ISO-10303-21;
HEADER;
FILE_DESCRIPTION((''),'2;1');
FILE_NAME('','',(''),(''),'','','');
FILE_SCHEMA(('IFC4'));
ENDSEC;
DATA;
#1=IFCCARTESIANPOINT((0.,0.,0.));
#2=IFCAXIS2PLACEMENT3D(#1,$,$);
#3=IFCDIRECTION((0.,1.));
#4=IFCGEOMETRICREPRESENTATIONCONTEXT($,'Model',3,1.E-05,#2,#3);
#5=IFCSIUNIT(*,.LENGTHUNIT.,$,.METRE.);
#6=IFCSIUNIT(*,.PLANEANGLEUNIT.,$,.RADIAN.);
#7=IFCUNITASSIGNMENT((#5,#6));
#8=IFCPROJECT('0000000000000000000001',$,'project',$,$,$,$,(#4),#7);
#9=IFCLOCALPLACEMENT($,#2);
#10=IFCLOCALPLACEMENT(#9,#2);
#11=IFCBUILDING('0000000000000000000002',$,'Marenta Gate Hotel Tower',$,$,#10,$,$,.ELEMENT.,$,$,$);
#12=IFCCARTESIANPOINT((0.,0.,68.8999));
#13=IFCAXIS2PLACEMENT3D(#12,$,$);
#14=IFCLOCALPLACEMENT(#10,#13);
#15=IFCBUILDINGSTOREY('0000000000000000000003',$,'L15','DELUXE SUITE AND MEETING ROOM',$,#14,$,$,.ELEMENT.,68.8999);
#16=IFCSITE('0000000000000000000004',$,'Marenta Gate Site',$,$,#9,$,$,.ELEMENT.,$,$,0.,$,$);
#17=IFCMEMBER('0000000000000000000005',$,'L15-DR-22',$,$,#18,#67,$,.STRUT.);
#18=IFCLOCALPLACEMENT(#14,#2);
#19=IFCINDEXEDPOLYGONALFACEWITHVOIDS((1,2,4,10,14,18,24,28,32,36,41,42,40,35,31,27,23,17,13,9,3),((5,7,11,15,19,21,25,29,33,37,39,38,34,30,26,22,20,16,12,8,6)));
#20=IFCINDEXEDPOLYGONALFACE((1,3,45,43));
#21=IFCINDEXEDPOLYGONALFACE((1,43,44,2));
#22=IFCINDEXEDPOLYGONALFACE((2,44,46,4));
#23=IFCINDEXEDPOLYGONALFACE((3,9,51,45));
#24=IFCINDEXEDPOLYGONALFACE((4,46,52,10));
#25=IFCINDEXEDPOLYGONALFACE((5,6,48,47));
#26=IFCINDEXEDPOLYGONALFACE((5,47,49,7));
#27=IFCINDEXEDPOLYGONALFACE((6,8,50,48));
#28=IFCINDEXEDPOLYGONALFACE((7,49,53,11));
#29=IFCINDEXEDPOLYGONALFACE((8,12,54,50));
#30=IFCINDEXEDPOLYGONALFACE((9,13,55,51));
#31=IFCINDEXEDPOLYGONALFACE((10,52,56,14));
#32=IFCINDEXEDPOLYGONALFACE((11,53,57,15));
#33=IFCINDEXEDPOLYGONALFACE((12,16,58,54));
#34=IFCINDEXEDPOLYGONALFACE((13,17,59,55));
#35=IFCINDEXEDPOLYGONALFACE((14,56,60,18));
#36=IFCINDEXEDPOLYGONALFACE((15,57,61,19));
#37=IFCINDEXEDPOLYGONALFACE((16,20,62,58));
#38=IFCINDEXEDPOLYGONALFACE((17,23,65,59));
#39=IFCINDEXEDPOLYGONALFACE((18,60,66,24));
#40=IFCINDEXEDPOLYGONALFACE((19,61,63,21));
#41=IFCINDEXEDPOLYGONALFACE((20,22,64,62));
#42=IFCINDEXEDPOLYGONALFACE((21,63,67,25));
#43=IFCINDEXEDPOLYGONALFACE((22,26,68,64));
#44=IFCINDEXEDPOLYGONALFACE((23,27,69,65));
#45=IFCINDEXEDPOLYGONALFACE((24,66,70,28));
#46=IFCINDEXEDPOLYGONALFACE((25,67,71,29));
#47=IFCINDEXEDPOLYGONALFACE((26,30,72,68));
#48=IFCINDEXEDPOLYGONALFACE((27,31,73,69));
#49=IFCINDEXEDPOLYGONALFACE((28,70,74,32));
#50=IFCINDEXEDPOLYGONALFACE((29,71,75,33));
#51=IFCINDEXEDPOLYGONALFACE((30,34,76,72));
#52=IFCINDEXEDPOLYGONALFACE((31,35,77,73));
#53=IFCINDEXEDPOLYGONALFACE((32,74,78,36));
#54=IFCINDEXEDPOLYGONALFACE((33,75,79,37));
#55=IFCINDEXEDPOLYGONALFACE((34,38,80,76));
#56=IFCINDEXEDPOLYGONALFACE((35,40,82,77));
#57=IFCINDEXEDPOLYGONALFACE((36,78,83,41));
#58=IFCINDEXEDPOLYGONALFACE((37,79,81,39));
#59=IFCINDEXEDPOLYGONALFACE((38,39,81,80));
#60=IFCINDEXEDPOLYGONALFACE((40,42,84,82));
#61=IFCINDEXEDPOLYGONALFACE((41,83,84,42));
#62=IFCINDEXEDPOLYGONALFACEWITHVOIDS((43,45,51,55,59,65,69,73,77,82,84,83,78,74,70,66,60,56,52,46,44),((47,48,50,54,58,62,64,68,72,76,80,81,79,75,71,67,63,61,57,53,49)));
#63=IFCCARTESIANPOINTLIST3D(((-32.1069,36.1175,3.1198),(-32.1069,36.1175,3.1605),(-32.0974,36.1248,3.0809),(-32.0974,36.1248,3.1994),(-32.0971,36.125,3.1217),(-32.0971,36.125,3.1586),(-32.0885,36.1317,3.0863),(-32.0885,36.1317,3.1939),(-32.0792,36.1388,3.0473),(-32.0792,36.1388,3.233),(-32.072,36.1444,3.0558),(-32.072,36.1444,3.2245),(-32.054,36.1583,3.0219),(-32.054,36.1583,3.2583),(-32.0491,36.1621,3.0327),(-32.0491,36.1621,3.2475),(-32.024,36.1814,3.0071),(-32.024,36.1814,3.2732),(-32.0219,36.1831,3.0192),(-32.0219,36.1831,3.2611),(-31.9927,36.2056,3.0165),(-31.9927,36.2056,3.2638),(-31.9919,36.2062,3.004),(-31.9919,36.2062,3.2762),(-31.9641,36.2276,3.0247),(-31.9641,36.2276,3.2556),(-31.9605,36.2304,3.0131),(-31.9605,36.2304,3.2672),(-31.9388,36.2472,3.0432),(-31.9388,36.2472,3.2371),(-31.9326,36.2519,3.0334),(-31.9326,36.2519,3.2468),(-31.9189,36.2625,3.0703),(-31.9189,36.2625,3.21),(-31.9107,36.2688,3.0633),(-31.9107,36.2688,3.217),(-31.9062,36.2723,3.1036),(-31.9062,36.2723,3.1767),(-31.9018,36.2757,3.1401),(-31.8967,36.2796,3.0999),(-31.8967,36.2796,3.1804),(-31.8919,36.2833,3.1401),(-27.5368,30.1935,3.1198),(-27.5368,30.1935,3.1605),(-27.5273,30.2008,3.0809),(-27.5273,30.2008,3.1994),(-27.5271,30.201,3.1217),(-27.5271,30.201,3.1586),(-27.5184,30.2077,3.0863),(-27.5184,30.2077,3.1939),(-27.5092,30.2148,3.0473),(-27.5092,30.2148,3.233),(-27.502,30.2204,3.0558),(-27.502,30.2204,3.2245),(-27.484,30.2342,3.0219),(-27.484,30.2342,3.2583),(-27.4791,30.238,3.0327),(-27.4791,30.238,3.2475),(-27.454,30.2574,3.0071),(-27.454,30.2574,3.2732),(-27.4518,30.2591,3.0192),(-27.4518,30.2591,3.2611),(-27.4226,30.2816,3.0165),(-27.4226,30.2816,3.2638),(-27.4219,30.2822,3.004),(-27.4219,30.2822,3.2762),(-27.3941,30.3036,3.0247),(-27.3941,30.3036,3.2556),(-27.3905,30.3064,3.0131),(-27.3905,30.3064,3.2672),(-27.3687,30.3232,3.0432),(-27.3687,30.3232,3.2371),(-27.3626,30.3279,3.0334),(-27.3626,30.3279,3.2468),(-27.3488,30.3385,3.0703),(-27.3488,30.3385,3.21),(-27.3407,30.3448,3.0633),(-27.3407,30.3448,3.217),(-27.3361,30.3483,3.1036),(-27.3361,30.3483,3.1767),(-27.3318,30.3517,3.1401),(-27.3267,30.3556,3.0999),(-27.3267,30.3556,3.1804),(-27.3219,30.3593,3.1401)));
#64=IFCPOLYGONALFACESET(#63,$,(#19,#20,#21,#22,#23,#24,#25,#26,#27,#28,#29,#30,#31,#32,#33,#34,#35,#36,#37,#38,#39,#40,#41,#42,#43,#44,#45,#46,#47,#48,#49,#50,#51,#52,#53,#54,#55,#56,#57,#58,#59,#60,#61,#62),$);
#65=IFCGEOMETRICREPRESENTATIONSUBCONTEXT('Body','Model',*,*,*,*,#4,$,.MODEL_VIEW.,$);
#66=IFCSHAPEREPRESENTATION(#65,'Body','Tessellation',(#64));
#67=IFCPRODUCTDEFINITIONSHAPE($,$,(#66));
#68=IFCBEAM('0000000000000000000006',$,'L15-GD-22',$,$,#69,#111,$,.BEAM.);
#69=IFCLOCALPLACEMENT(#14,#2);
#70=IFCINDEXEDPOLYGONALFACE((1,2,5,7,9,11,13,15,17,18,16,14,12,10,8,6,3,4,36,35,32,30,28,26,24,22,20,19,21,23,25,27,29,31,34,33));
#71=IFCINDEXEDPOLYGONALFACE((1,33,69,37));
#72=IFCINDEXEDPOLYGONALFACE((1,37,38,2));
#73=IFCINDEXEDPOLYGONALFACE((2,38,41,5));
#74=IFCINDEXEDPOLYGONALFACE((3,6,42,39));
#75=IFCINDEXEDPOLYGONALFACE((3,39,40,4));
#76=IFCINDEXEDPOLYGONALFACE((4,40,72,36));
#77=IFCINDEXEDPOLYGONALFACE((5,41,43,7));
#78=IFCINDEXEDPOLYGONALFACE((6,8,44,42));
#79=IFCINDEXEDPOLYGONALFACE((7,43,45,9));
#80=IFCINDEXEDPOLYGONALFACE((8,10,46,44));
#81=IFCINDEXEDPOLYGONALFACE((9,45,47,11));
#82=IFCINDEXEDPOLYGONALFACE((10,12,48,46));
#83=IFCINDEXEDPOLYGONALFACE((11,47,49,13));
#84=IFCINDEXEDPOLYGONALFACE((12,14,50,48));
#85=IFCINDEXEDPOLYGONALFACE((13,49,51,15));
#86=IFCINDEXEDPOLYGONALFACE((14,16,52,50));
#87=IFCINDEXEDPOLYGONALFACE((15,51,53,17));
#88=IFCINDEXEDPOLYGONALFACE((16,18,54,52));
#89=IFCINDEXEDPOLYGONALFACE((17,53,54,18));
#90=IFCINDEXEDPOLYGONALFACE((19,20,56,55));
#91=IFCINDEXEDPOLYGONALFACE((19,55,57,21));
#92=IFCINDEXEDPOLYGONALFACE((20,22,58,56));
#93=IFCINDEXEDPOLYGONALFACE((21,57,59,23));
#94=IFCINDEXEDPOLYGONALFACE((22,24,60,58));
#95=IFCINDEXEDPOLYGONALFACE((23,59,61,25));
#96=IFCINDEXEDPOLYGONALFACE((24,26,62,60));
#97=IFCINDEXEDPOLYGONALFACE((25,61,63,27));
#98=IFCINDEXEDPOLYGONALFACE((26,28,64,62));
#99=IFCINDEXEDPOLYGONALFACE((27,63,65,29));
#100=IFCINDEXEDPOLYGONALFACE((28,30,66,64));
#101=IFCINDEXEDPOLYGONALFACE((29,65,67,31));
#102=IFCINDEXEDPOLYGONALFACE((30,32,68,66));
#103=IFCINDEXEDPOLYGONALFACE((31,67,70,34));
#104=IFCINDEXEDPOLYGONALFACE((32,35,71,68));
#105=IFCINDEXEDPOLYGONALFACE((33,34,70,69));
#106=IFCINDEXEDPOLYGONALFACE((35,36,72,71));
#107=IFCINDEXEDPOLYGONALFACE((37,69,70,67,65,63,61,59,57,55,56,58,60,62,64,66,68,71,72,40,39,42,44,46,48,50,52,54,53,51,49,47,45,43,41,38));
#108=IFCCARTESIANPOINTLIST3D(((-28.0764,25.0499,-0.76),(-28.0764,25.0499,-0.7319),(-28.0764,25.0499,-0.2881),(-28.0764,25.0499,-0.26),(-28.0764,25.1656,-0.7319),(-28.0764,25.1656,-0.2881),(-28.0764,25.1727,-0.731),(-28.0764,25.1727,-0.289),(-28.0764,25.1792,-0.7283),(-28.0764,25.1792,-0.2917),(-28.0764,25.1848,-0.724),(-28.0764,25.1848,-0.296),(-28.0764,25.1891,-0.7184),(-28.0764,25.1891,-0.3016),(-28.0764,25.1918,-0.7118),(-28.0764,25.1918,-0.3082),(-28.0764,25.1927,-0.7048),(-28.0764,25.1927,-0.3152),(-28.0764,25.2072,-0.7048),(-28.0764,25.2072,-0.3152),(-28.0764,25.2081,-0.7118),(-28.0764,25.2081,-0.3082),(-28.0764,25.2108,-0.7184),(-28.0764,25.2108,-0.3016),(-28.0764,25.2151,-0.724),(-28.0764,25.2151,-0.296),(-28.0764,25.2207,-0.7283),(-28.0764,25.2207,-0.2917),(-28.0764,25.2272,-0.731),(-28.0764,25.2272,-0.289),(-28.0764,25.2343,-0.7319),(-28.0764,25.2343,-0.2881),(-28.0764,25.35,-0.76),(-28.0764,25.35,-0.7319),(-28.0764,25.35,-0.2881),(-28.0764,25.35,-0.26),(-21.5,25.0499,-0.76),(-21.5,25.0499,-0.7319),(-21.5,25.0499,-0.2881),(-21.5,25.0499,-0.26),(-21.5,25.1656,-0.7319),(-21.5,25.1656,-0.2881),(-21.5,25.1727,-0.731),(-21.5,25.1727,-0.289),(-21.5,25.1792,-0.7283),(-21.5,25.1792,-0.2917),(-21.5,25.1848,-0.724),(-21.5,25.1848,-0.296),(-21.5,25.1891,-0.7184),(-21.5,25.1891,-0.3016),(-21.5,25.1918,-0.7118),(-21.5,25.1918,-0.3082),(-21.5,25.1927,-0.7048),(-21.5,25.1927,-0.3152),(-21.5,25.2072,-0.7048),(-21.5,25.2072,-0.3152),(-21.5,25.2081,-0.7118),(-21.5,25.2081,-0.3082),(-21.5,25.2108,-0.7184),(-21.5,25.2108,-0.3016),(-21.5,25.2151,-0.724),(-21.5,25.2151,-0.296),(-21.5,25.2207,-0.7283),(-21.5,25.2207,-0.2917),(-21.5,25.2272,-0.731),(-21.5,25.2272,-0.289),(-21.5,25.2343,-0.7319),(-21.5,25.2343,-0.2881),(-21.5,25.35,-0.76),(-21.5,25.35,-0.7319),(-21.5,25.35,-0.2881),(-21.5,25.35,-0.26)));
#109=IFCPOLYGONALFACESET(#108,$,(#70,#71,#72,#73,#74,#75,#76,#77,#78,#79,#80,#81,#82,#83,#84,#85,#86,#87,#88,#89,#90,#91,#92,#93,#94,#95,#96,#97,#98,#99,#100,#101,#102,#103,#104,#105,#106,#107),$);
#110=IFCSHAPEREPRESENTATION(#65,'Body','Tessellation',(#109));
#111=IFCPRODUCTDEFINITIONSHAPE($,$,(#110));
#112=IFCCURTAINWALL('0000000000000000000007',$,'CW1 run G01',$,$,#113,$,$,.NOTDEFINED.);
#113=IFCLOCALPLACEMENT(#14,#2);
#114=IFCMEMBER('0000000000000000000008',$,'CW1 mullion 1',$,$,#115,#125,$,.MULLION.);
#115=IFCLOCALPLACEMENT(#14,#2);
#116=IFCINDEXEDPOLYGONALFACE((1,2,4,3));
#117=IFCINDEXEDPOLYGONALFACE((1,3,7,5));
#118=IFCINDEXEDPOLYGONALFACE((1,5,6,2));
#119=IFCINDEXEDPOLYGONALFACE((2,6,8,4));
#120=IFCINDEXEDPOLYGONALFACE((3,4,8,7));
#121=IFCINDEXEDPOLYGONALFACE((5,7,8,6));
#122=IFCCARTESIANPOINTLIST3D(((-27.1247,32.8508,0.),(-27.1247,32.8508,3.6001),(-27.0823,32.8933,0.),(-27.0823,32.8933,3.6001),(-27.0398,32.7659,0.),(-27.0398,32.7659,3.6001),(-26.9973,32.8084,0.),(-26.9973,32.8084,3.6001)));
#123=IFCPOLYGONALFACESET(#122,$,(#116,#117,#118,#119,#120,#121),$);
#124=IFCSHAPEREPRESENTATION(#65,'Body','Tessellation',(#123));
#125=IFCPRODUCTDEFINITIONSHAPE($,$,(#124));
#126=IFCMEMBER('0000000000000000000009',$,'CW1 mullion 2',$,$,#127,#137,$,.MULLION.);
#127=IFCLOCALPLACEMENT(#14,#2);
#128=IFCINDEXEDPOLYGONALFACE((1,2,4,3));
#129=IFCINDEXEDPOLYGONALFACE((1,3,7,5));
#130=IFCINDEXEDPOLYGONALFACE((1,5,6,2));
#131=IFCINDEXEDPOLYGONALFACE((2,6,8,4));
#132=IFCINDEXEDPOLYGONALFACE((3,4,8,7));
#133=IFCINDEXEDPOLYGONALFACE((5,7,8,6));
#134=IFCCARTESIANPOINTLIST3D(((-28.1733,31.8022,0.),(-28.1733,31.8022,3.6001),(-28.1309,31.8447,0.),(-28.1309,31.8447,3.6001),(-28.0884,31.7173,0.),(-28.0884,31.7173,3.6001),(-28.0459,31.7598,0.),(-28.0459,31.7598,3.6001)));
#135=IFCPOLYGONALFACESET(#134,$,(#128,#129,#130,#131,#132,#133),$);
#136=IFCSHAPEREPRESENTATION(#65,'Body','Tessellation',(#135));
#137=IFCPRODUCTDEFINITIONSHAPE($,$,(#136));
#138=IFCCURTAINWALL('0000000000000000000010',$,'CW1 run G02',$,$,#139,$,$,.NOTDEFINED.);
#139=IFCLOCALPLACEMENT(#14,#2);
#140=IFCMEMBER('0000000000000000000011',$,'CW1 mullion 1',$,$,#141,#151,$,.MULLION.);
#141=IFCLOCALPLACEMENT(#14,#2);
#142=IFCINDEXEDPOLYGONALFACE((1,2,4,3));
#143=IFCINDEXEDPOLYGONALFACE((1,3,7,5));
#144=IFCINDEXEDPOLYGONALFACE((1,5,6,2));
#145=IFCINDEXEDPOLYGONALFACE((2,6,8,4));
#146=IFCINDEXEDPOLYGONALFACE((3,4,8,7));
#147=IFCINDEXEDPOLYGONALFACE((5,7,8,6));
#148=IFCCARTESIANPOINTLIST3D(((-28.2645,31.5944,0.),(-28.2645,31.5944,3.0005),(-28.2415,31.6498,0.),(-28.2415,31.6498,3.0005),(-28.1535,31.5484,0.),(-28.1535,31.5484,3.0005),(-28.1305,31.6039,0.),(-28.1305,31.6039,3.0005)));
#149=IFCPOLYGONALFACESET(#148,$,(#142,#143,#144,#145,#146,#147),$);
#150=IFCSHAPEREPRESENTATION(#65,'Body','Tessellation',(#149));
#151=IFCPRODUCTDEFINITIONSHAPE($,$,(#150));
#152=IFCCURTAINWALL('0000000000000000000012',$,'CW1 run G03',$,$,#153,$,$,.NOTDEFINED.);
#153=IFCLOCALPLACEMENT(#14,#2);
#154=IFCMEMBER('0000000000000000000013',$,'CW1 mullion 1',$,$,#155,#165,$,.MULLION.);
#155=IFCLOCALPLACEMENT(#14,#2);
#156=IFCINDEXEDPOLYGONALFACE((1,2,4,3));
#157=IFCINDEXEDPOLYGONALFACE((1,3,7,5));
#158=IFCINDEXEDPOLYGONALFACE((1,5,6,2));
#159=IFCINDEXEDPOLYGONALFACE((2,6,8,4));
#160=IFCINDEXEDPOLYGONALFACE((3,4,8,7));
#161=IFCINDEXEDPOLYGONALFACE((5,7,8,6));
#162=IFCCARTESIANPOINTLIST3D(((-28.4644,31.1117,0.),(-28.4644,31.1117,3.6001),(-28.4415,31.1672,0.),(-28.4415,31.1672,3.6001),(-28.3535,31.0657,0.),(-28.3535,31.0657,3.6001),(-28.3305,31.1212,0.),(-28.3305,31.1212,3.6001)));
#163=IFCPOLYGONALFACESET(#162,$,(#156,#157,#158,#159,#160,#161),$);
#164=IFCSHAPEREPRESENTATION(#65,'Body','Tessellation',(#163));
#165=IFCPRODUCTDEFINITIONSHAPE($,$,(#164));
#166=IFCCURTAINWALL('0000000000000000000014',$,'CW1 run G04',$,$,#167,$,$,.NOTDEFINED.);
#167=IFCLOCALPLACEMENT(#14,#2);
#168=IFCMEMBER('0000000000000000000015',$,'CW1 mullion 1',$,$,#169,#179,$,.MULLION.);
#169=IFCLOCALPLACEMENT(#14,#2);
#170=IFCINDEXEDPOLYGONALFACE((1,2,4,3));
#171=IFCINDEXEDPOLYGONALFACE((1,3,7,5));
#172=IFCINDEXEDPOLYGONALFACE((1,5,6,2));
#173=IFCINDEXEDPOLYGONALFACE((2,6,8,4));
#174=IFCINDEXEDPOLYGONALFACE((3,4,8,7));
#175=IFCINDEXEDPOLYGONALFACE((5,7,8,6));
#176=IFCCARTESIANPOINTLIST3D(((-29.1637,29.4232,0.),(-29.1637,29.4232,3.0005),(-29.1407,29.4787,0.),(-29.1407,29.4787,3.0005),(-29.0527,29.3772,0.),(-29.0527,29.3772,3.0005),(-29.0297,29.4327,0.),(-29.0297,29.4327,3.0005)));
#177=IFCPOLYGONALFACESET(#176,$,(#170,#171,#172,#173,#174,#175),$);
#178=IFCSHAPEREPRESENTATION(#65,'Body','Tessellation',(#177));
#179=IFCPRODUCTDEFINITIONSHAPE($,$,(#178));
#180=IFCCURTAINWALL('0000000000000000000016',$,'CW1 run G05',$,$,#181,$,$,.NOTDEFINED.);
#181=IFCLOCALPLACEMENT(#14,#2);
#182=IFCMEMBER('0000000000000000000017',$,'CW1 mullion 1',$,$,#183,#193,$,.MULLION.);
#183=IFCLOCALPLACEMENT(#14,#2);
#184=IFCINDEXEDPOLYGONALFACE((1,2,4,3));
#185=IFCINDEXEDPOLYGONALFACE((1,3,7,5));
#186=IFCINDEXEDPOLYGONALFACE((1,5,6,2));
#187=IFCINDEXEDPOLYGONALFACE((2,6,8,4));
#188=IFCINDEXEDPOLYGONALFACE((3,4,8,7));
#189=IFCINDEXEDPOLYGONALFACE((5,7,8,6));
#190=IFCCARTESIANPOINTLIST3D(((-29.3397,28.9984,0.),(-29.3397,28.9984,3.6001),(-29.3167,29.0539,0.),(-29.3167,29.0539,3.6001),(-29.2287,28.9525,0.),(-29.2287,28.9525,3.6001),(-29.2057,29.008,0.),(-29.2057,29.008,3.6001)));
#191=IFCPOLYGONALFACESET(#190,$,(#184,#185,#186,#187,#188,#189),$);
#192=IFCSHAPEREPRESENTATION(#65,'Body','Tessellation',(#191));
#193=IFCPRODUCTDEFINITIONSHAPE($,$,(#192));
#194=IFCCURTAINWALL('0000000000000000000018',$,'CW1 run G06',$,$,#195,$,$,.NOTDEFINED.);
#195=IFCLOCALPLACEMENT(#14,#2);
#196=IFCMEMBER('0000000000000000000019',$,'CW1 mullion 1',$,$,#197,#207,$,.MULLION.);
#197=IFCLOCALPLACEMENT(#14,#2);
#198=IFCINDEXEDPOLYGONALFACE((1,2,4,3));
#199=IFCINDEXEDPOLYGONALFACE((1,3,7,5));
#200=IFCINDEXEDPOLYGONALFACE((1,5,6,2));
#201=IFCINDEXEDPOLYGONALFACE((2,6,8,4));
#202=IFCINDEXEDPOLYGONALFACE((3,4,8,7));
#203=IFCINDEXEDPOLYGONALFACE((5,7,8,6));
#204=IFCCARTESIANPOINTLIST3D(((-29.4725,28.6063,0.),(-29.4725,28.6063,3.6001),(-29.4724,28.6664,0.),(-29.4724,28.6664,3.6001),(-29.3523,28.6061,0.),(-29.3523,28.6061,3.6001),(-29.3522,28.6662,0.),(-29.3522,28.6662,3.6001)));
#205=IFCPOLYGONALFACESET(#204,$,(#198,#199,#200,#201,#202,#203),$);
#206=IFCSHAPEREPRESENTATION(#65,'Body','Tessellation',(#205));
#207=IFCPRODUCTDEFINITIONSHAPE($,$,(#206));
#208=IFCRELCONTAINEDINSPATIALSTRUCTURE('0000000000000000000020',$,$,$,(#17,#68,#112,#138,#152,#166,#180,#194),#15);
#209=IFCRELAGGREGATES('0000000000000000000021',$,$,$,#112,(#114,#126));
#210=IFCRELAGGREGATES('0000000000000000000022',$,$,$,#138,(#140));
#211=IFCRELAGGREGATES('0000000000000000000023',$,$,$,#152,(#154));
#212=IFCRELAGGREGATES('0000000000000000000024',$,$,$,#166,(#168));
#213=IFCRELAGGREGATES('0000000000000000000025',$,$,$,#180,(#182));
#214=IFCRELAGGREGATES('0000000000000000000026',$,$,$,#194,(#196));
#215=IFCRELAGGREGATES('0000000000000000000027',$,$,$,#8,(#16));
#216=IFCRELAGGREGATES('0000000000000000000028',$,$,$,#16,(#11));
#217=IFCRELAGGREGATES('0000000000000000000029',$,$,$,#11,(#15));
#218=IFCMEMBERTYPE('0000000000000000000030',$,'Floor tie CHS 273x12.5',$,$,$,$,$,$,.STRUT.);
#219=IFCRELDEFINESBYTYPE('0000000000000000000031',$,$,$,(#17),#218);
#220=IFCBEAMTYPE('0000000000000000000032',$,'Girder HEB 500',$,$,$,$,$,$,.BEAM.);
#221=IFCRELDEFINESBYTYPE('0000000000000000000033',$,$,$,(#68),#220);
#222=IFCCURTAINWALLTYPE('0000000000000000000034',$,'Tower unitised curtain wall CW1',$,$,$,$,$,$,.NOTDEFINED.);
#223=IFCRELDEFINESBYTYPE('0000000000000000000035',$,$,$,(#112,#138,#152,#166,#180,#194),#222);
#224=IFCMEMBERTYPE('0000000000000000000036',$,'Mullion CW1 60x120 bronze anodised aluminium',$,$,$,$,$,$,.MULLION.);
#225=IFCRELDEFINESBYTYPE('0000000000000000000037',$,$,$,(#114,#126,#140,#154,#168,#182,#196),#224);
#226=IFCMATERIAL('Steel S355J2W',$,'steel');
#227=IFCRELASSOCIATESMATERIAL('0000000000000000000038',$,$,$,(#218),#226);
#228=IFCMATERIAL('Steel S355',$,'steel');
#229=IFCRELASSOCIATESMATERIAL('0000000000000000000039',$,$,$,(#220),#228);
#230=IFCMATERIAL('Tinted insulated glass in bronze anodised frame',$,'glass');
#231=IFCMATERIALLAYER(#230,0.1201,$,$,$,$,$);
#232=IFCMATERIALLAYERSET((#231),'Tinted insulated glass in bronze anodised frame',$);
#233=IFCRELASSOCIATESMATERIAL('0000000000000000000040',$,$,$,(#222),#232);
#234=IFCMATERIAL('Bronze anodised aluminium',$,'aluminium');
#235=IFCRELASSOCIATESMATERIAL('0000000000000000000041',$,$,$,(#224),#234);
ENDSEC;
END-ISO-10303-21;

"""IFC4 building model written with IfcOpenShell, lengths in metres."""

from ifc_helpers import new_model, si_unit, direction, frame, origin, origin_2d, place, context, subcontext, project, spatial, rectangle, hollow_circle, i_section, extrude, material, layer, layer_set, material_profile, profile_set, type_object, element, aggregate, save


model = new_model("IFC4")

# Units and contexts
model_context = context("Model", 3, precision=1e-05, world=origin(), true_north=direction((0.0, 1.0)))
body_context = subcontext(model_context, "Body", "Model", "MODEL_VIEW")
ifc_project = project(units=[si_unit("LENGTHUNIT", "METRE"), si_unit("PLANEANGLEUNIT", "RADIAN")], contexts=[model_context])

# Site, building, storey
site_placement = place(None, origin())
site = spatial("IfcSite", under=ifc_project, at=site_placement, Name="Marenta Gate Site", CompositionType="ELEMENT", RefElevation=0.0)
building_placement = place(site_placement, origin())
building = spatial("IfcBuilding", under=site, at=building_placement, Name="Marenta Gate Hotel Tower", CompositionType="ELEMENT")
storey_placement = place(building_placement, frame((0.0, 0.0, 68.8999)))
storey = spatial("IfcBuildingStorey", under=building, at=storey_placement, Name="L15", Description="DELUXE SUITE AND MEETING ROOM", CompositionType="ELEMENT", Elevation=68.8999)

# Member
ifc_material_1 = material(Name="Steel S355J2W", Category="steel")
ifc_material_profile_1 = material_profile(ifc_material_1, hollow_circle(Radius=0.1365, WallThickness=0.0125, at=origin_2d()), Name="CHS 273x12.5")
ifc_profile_set_1 = profile_set([ifc_material_profile_1], Name="Steel S355J2W")
member_type_1 = type_object("IfcMemberType", Name="Floor tie CHS 273x12.5", PredefinedType="STRUT", material=ifc_profile_set_1)
member_1_placement = place(storey_placement, frame((-32.0, 36.2, 3.1401), z_axis=(0.610809, -0.791778, 0.0), x_axis=(0.791778, 0.610809, 0.0)))
element("IfcMember", 1, at=member_1_placement, inside=storey, type_object=member_type_1, Name="L15-DR-22", PredefinedType="STRUT", context=body_context, shape_type="SweptSolid", body=[
    extrude(hollow_circle(Radius=0.1365, WallThickness=0.0125, at=origin_2d()), origin(), (0.0, 0.0, 1.0), 7.4819),
])

# Beam
ifc_material_2 = material(Name="Steel S355", Category="steel")
ifc_material_profile_2 = material_profile(ifc_material_2, i_section(OverallWidth=0.3, OverallDepth=0.5, WebThickness=0.0144, FlangeThickness=0.0281, FilletRadius=0.0271, at=origin_2d()), Name="HEB 500")
ifc_profile_set_2 = profile_set([ifc_material_profile_2], Name="Steel S355")
beam_type_1 = type_object("IfcBeamType", Name="Girder HEB 500", PredefinedType="BEAM", material=ifc_profile_set_2)
beam_1_placement = place(storey_placement, frame((-28.0764, 25.2, -0.51), z_axis=(1.0, 0.0, 0.0), x_axis=(0.0, 1.0, 0.0)))
element("IfcBeam", 2, at=beam_1_placement, inside=storey, type_object=beam_type_1, Name="L15-GD-22", PredefinedType="BEAM", context=body_context, shape_type="SweptSolid", body=[
    extrude(i_section(OverallWidth=0.3, OverallDepth=0.5, WebThickness=0.0144, FlangeThickness=0.0281, FilletRadius=0.0271, at=origin_2d()), origin(), (0.0, 0.0, 1.0), 6.5764),
])

# Curtain wall, members
ifc_material_3 = material(Name="Tinted insulated glass in bronze anodised frame", Category="glass")
ifc_layer_1 = layer(ifc_material_3, 0.1201)
ifc_layer_set_1 = layer_set([ifc_layer_1], Name="Tinted insulated glass in bronze anodised frame")
curtain_wall_type = type_object("IfcCurtainWallType", Name="Tower unitised curtain wall CW1", PredefinedType="NOTDEFINED", material=ifc_layer_set_1)
curtain_wall_1_placement = place(storey_placement, origin())
curtain_wall_1 = element("IfcCurtainWall", 3, at=curtain_wall_1_placement, inside=storey, type_object=curtain_wall_type, Name="CW1 run G01", PredefinedType="NOTDEFINED")
ifc_material_4 = material(Name="Bronze anodised aluminium", Category="aluminium")
ifc_material_profile_3 = material_profile(ifc_material_4, rectangle(XDim=0.1201, YDim=0.0601, at=origin_2d()), Name="Mullion CW1 60x120 bronze anodised aluminium")
ifc_profile_set_3 = profile_set([ifc_material_profile_3], Name="Bronze anodised aluminium")
member_type_2 = type_object("IfcMemberType", Name="Mullion CW1 60x120 bronze anodised aluminium", PredefinedType="MULLION", material=ifc_profile_set_3)
member_2_placement = place(storey_placement, frame((-27.061, 32.8296, 0.0), z_axis=(0.0, 0.0, 1.0), x_axis=(0.707107, -0.707107, 0.0)))
member_2 = element("IfcMember", 4, at=member_2_placement, type_object=member_type_2, Name="CW1 mullion 1", PredefinedType="MULLION", context=body_context, shape_type="SweptSolid", body=[
    extrude(rectangle(XDim=0.1201, YDim=0.0601, at=origin_2d()), origin(), (0.0, 0.0, 1.0), 3.6001),
])
member_3_placement = place(storey_placement, frame((-28.1096, 31.781, 0.0), z_axis=(0.0, 0.0, 1.0), x_axis=(0.707107, -0.707107, 0.0)))
member_3 = element("IfcMember", 5, at=member_3_placement, type_object=member_type_2, Name="CW1 mullion 2", PredefinedType="MULLION", context=body_context, shape_type="SweptSolid", body=[
    extrude(rectangle(XDim=0.1201, YDim=0.0601, at=origin_2d()), origin(), (0.0, 0.0, 1.0), 3.6001),
])

# Curtain walls, members
curtain_wall_2_placement = place(storey_placement, origin())
curtain_wall_2 = element("IfcCurtainWall", 6, at=curtain_wall_2_placement, inside=storey, type_object=curtain_wall_type, Name="CW1 run G02", PredefinedType="NOTDEFINED")
member_4_placement = place(storey_placement, frame((-28.1975, 31.5991, 0.0), z_axis=(0.0, 0.0, 1.0), x_axis=(0.923879, -0.382684, 0.0)))
member_4 = element("IfcMember", 7, at=member_4_placement, type_object=member_type_2, Name="CW1 mullion 1", PredefinedType="MULLION", context=body_context, shape_type="SweptSolid", body=[
    extrude(rectangle(XDim=0.1201, YDim=0.0601, at=origin_2d()), origin(), (0.0, 0.0, 1.0), 3.0005),
])
curtain_wall_3_placement = place(storey_placement, origin())
curtain_wall_3 = element("IfcCurtainWall", 8, at=curtain_wall_3_placement, inside=storey, type_object=curtain_wall_type, Name="CW1 run G03", PredefinedType="NOTDEFINED")
member_5_placement = place(storey_placement, frame((-28.3975, 31.1165, 0.0), z_axis=(0.0, 0.0, 1.0), x_axis=(0.923879, -0.382684, 0.0)))
member_5 = element("IfcMember", 9, at=member_5_placement, type_object=member_type_2, Name="CW1 mullion 1", PredefinedType="MULLION", context=body_context, shape_type="SweptSolid", body=[
    extrude(rectangle(XDim=0.1201, YDim=0.0601, at=origin_2d()), origin(), (0.0, 0.0, 1.0), 3.6001),
])
curtain_wall_4_placement = place(storey_placement, origin())
curtain_wall_4 = element("IfcCurtainWall", 10, at=curtain_wall_4_placement, inside=storey, type_object=curtain_wall_type, Name="CW1 run G04", PredefinedType="NOTDEFINED")
member_6_placement = place(storey_placement, frame((-29.0967, 29.428, 0.0), z_axis=(0.0, 0.0, 1.0), x_axis=(0.923815, -0.382838, 0.0)))
member_6 = element("IfcMember", 11, at=member_6_placement, type_object=member_type_2, Name="CW1 mullion 1", PredefinedType="MULLION", context=body_context, shape_type="SweptSolid", body=[
    extrude(rectangle(XDim=0.1201, YDim=0.0601, at=origin_2d()), origin(), (0.0, 0.0, 1.0), 3.0005),
])
curtain_wall_5_placement = place(storey_placement, origin())
curtain_wall_5 = element("IfcCurtainWall", 12, at=curtain_wall_5_placement, inside=storey, type_object=curtain_wall_type, Name="CW1 run G05", PredefinedType="NOTDEFINED")
member_7_placement = place(storey_placement, frame((-29.2727, 29.0032, 0.0), z_axis=(0.0, 0.0, 1.0), x_axis=(0.923974, -0.382456, 0.0)))
member_7 = element("IfcMember", 13, at=member_7_placement, type_object=member_type_2, Name="CW1 mullion 1", PredefinedType="MULLION", context=body_context, shape_type="SweptSolid", body=[
    extrude(rectangle(XDim=0.1201, YDim=0.0601, at=origin_2d()), origin(), (0.0, 0.0, 1.0), 3.6001),
])

# Curtain wall, member
curtain_wall_6_placement = place(storey_placement, origin())
curtain_wall_6 = element("IfcCurtainWall", 14, at=curtain_wall_6_placement, inside=storey, type_object=curtain_wall_type, Name="CW1 run G06", PredefinedType="NOTDEFINED")
member_8_placement = place(storey_placement, frame((-29.4124, 28.6362, 0.0), z_axis=(0.0, 0.0, 1.0), x_axis=(0.999999, -0.00157, 0.0)))
member_8 = element("IfcMember", 15, at=member_8_placement, type_object=member_type_2, Name="CW1 mullion 1", PredefinedType="MULLION", context=body_context, shape_type="SweptSolid", body=[
    extrude(rectangle(XDim=0.1201, YDim=0.0601, at=origin_2d()), origin(), (0.0, 0.0, 1.0), 3.6001),
])

aggregate(curtain_wall_1, [member_2, member_3])
aggregate(curtain_wall_2, [member_4])
aggregate(curtain_wall_3, [member_5])
aggregate(curtain_wall_4, [member_6])
aggregate(curtain_wall_5, [member_7])
aggregate(curtain_wall_6, [member_8])

save(model, "model.ifc")
